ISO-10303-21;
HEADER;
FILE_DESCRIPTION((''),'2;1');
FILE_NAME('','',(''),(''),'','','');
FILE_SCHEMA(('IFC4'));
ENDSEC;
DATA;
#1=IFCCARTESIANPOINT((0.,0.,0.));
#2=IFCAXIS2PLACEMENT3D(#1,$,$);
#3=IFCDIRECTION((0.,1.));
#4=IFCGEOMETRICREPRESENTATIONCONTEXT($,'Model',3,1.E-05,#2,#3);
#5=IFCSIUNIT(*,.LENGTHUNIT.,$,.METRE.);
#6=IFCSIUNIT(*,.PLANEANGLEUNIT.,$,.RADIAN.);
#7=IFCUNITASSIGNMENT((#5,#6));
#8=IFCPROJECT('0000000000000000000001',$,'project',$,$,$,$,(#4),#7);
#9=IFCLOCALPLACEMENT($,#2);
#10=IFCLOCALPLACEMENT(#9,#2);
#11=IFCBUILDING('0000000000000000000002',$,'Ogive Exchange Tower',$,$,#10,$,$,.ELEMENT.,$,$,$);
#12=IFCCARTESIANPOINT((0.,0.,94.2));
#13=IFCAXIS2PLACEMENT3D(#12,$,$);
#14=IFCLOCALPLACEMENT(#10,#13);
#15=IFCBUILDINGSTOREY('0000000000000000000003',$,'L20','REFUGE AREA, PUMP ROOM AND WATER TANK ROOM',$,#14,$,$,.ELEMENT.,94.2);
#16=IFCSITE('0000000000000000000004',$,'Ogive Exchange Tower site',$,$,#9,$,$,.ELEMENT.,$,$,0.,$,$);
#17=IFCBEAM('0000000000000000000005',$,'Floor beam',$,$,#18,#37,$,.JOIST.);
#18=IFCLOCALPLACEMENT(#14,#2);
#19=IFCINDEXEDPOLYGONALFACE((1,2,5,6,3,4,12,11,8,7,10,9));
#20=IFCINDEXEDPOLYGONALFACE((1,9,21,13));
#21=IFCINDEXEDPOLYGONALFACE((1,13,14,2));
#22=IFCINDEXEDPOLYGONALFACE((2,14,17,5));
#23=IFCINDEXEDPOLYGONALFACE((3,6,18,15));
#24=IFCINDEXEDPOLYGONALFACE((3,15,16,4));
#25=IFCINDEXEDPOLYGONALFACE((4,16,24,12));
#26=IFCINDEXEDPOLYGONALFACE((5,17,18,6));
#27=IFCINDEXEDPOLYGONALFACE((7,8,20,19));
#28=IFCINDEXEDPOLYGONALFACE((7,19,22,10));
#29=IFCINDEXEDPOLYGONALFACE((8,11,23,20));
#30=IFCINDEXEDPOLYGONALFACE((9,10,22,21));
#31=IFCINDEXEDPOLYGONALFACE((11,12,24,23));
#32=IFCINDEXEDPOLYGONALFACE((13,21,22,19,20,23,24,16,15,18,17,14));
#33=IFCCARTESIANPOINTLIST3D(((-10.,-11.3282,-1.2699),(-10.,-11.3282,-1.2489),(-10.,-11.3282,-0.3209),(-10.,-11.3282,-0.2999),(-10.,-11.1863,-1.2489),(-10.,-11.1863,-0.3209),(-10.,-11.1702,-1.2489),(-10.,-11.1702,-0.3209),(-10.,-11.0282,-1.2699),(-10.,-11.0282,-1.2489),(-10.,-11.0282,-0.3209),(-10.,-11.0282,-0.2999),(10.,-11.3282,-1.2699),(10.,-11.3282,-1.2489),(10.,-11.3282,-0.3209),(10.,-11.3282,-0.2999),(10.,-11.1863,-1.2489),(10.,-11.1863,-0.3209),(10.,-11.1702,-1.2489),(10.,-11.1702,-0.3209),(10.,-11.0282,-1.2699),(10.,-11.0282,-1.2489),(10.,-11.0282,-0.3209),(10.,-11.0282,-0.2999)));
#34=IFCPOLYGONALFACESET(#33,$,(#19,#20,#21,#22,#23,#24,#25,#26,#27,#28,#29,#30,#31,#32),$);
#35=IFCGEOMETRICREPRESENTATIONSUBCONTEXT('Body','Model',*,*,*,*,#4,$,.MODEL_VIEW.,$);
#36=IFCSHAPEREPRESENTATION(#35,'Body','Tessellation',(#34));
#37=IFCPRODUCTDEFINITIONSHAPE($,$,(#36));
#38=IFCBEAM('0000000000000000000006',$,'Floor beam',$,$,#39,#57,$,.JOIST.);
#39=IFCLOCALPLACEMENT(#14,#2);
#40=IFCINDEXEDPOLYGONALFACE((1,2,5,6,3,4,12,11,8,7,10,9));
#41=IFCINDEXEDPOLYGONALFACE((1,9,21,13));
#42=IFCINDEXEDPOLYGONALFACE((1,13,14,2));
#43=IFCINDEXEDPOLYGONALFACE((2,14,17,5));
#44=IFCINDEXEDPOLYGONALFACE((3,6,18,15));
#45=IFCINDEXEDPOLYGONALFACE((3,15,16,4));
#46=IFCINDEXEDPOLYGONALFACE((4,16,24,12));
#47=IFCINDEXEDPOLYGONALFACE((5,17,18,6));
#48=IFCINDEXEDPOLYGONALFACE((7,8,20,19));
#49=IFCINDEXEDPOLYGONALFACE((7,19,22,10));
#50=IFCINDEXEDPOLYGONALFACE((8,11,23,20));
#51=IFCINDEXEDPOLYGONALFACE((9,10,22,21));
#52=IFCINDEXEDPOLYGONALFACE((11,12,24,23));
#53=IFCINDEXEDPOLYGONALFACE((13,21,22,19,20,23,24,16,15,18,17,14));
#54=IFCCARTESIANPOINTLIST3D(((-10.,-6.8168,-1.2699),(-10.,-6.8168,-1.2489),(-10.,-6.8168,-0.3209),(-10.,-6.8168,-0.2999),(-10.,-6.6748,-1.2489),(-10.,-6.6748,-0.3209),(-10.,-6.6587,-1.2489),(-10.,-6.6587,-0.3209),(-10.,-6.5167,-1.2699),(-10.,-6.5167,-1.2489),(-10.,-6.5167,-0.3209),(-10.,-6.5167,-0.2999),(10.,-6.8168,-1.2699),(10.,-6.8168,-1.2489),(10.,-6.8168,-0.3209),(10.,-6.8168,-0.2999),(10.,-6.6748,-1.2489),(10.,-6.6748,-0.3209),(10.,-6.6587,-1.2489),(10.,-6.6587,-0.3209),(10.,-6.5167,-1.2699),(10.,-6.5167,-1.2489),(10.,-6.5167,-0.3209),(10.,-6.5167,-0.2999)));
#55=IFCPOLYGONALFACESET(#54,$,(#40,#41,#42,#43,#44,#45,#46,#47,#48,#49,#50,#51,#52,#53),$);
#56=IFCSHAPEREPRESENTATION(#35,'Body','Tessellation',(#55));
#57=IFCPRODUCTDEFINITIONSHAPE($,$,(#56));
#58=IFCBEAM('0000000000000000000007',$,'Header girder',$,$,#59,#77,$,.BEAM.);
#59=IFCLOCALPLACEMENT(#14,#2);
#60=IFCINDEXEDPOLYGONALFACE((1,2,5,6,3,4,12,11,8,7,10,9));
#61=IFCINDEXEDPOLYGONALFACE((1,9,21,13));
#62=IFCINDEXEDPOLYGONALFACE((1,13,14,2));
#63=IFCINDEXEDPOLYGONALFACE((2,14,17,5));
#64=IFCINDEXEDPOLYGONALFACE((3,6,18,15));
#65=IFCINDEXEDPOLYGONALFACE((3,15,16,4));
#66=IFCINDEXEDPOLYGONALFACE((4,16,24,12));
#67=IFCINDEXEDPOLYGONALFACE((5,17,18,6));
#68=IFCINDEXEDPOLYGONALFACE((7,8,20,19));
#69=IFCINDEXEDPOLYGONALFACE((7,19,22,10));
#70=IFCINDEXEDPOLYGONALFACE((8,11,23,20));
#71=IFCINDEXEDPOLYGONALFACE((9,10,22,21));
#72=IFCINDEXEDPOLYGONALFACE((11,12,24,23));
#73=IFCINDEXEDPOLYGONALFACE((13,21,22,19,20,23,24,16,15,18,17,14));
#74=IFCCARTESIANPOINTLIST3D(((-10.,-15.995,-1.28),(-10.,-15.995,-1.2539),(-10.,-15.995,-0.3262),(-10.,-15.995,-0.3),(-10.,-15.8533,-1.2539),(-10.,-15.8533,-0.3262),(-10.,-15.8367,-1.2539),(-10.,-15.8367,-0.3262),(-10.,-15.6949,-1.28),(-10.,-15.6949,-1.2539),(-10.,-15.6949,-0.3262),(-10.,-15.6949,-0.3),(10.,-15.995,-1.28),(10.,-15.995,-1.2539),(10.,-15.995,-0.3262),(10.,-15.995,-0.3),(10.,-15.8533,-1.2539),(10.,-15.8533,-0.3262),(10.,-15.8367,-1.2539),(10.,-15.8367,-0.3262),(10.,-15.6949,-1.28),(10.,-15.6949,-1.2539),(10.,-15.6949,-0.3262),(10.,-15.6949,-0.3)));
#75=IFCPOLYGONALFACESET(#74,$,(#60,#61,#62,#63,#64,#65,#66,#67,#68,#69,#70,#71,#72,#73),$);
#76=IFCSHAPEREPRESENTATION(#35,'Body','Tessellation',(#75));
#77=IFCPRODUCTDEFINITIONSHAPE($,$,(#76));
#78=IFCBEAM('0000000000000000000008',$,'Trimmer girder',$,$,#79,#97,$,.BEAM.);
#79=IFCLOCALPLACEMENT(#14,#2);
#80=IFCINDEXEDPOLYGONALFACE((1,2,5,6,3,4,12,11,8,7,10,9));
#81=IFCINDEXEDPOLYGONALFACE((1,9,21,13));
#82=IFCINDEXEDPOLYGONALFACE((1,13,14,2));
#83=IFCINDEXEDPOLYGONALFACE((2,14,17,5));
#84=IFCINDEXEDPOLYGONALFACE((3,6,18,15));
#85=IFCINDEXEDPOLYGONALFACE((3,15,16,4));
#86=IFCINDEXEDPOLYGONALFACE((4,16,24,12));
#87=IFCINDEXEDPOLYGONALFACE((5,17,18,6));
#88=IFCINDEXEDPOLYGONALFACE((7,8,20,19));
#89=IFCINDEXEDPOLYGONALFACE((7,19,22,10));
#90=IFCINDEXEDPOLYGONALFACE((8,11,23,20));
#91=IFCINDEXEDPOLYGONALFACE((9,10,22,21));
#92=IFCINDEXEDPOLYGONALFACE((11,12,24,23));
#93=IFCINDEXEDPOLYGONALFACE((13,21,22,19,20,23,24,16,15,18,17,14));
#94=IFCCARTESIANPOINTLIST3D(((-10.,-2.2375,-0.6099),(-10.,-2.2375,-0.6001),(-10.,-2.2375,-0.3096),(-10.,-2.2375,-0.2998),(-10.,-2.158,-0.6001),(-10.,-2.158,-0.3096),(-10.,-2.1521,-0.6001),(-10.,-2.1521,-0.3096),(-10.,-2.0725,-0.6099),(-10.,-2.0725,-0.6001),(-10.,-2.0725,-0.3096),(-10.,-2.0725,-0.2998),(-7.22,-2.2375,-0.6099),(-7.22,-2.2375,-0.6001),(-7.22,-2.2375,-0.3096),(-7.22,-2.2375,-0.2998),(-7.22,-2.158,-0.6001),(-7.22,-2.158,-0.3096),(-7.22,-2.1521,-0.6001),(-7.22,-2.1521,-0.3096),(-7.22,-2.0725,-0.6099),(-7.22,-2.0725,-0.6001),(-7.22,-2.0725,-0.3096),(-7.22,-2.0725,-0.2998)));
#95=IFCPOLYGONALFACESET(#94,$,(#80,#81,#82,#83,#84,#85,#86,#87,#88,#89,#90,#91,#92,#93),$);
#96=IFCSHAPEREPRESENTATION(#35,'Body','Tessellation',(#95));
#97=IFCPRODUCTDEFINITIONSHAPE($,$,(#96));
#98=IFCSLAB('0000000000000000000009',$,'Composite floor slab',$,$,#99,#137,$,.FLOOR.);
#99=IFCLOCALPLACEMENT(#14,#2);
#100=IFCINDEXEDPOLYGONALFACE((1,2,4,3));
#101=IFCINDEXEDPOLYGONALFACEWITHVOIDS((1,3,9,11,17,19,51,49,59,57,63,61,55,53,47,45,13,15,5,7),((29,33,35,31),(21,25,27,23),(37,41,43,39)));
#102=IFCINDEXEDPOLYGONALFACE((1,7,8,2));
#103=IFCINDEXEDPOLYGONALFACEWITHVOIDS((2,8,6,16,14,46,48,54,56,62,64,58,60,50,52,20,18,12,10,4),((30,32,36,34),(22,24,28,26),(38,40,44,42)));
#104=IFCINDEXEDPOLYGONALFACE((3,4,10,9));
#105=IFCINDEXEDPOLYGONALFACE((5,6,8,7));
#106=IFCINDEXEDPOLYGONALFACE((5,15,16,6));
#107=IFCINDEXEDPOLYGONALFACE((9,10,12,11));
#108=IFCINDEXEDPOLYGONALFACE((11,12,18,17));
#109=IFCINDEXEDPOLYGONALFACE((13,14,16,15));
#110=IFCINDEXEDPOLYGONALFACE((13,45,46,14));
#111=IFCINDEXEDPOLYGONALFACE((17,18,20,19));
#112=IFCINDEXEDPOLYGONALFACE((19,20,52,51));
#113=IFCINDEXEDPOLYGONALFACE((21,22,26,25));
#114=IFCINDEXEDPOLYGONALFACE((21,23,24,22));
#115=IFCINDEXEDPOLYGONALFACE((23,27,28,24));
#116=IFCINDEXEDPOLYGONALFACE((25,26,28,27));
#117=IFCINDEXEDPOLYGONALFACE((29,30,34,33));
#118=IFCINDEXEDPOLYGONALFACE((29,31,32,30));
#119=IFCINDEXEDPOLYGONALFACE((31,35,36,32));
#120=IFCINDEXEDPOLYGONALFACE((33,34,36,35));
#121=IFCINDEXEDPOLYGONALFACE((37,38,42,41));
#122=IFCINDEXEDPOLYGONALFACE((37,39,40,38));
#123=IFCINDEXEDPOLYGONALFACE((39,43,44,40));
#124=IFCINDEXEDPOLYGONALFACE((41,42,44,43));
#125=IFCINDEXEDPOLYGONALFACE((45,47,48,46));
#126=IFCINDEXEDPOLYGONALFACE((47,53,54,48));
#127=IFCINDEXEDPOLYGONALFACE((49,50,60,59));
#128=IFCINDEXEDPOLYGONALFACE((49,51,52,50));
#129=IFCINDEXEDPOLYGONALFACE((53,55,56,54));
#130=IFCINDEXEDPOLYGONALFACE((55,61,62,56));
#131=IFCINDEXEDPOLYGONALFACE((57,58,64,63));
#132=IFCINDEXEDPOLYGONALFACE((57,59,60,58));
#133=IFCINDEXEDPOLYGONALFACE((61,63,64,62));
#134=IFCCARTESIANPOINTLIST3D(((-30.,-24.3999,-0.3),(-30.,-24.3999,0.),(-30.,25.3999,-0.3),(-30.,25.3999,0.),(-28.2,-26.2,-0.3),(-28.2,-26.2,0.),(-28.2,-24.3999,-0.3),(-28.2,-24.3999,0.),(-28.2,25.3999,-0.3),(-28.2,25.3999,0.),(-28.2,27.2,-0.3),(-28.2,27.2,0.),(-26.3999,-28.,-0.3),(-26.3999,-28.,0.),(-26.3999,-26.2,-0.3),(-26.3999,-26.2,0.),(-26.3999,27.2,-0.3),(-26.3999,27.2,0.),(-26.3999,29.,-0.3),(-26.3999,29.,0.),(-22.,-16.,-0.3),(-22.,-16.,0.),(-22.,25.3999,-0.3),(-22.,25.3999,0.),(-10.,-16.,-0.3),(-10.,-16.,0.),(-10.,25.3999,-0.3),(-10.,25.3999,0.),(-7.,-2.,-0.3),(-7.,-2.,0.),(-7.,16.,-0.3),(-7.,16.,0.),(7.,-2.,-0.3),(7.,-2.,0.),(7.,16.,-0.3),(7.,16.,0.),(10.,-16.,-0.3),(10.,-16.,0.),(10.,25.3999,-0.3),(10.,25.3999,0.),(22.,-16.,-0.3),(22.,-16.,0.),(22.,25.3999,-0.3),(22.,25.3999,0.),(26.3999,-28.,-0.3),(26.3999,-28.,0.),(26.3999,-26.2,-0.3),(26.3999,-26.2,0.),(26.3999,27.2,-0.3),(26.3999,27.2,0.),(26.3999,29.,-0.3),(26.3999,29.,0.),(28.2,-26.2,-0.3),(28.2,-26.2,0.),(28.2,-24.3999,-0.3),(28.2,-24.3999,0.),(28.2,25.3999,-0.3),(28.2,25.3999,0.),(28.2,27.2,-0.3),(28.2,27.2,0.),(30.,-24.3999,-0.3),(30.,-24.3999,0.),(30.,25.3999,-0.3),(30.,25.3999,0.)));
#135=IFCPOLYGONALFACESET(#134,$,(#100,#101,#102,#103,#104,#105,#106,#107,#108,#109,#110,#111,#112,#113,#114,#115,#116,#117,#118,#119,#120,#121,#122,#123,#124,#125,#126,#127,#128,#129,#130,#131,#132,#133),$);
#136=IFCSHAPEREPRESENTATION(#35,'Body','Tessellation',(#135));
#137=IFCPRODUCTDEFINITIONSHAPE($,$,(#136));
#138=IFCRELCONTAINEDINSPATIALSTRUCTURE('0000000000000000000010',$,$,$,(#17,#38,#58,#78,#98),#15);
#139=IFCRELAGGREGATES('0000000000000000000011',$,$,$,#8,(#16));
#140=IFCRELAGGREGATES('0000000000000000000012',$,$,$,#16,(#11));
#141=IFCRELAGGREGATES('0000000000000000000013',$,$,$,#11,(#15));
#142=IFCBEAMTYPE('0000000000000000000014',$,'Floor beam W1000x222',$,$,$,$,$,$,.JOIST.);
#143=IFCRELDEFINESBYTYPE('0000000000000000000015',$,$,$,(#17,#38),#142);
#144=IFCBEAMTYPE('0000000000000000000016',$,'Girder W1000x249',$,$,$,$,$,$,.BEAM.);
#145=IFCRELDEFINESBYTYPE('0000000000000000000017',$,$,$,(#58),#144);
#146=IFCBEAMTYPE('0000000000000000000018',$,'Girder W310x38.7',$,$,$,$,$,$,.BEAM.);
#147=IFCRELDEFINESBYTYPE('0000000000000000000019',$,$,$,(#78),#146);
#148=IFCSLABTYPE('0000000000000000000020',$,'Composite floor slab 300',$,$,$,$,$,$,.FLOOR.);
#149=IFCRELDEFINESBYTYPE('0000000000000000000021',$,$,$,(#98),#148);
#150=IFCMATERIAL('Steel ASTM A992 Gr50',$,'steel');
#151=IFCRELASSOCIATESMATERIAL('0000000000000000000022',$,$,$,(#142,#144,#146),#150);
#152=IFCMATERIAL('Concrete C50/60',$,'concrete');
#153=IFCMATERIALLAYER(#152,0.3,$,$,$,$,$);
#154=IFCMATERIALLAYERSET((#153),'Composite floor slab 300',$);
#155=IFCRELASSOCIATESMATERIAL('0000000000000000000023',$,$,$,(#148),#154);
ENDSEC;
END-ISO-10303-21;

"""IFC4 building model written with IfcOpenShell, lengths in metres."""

from ifc_helpers import new_model, si_unit, direction, frame, origin, origin_2d, place, context, subcontext, project, spatial, polyline, i_section, outline, extrude, material, layer, layer_set, material_profile, profile_set, type_object, element, save


model = new_model("IFC4")

# Units and contexts
model_context = context("Model", 3, precision=1e-05, world=origin(), true_north=direction((0.0, 1.0)))
body_context = subcontext(model_context, "Body", "Model", "MODEL_VIEW")
ifc_project = project(units=[si_unit("LENGTHUNIT", "METRE"), si_unit("PLANEANGLEUNIT", "RADIAN")], contexts=[model_context])

# Site, building, storey
site_placement = place(None, origin())
site = spatial("IfcSite", under=ifc_project, at=site_placement, Name="Ogive Exchange Tower site", CompositionType="ELEMENT", RefElevation=0.0)
building_placement = place(site_placement, origin())
building = spatial("IfcBuilding", under=site, at=building_placement, Name="Ogive Exchange Tower", CompositionType="ELEMENT")
storey_placement = place(building_placement, frame((0.0, 0.0, 94.2)))
storey = spatial("IfcBuildingStorey", under=building, at=storey_placement, Name="L20", Description="REFUGE AREA, PUMP ROOM AND WATER TANK ROOM", CompositionType="ELEMENT", Elevation=94.2)

# Beams
ifc_material_1 = material(Name="Steel ASTM A992 Gr50", Category="steel")
ifc_material_profile_1 = material_profile(ifc_material_1, i_section(OverallWidth=0.3, OverallDepth=0.97, WebThickness=0.0161, FlangeThickness=0.021, at=origin_2d()), Name="W1000x222")
ifc_profile_set_1 = profile_set([ifc_material_profile_1], Name="Steel ASTM A992 Gr50")
beam_type_1 = type_object("IfcBeamType", Name="Floor beam W1000x222", PredefinedType="JOIST", material=ifc_profile_set_1)
for number, where, z_axis, x_axis, name in (
    (1, (-10.0, -11.1782, -0.7849), (1.0, 0.0, 0.0), (0.0, 1.0, 0.0), "Floor beam"),
    (2, (-10.0, -6.6667, -0.7849), (1.0, 0.0, 0.0), (0.0, 1.0, 0.0), "Floor beam"),
):
    element("IfcBeam", number, at=place(storey_placement, frame(where, z_axis=z_axis, x_axis=x_axis)), inside=storey, type_object=beam_type_1, Name=name, PredefinedType="JOIST", context=body_context, shape_type="SweptSolid", body=[
        extrude(i_section(OverallWidth=0.3, OverallDepth=0.97, WebThickness=0.0161, FlangeThickness=0.021, at=origin_2d()), origin(), (0.0, 0.0, 1.0), 20.0),
    ])
ifc_material_profile_2 = material_profile(ifc_material_1, i_section(OverallWidth=0.3, OverallDepth=0.98, WebThickness=0.0166, FlangeThickness=0.0261, at=origin_2d()), Name="W1000x249")
ifc_profile_set_2 = profile_set([ifc_material_profile_2], Name="Steel ASTM A992 Gr50")
beam_type_2 = type_object("IfcBeamType", Name="Girder W1000x249", PredefinedType="BEAM", material=ifc_profile_set_2)
beam_1_placement = place(storey_placement, frame((-10.0, -15.845, -0.79), z_axis=(1.0, 0.0, 0.0), x_axis=(0.0, 1.0, 0.0)))
element("IfcBeam", 3, at=beam_1_placement, inside=storey, type_object=beam_type_2, Name="Header girder", PredefinedType="BEAM", context=body_context, shape_type="SweptSolid", body=[
    extrude(i_section(OverallWidth=0.3, OverallDepth=0.98, WebThickness=0.0166, FlangeThickness=0.0261, at=origin_2d()), origin(), (0.0, 0.0, 1.0), 20.0),
])
ifc_material_profile_3 = material_profile(ifc_material_1, i_section(OverallWidth=0.165, OverallDepth=0.3101, WebThickness=0.0059, FlangeThickness=0.0098, at=origin_2d()), Name="W310x38.7")
ifc_profile_set_3 = profile_set([ifc_material_profile_3], Name="Steel ASTM A992 Gr50")
beam_type_3 = type_object("IfcBeamType", Name="Girder W310x38.7", PredefinedType="BEAM", material=ifc_profile_set_3)
beam_2_placement = place(storey_placement, frame((-10.0, -2.155, -0.4548), z_axis=(1.0, 0.0, 0.0), x_axis=(0.0, 1.0, 0.0)))
element("IfcBeam", 4, at=beam_2_placement, inside=storey, type_object=beam_type_3, Name="Trimmer girder", PredefinedType="BEAM", context=body_context, shape_type="SweptSolid", body=[
    extrude(i_section(OverallWidth=0.165, OverallDepth=0.3101, WebThickness=0.0059, FlangeThickness=0.0098, at=origin_2d()), origin(), (0.0, 0.0, 1.0), 2.78),
])

# Slab
ifc_material_2 = material(Name="Concrete C50/60", Category="concrete")
ifc_layer_1 = layer(ifc_material_2, 0.3)
ifc_layer_set_1 = layer_set([ifc_layer_1], Name="Composite floor slab 300")
slab_type_1 = type_object("IfcSlabType", Name="Composite floor slab 300", PredefinedType="FLOOR", material=ifc_layer_set_1)
slab_1_placement = place(storey_placement, frame((0.0, 0.0, -0.3)))
element("IfcSlab", 5, at=slab_1_placement, inside=storey, type_object=slab_type_1, Name="Composite floor slab", PredefinedType="FLOOR", context=body_context, shape_type="SweptSolid", body=[
    extrude(outline(polyline([(-26.3999, -26.2), (-28.2, -26.2), (-28.2, -24.3999), (-30.0, -24.3999), (-30.0, 25.3999), (-28.2, 25.3999), (-28.2, 27.2), (-26.3999, 27.2), (-26.3999, 29.0), (26.3999, 29.0), (26.3999, 27.2), (28.2, 27.2), (28.2, 25.3999), (30.0, 25.3999), (30.0, -24.3999), (28.2, -24.3999), (28.2, -26.2), (26.3999, -26.2), (26.3999, -28.0), (-26.3999, -28.0), (-26.3999, -26.2)]), holes=[polyline([(-10.0, -16.0), (-10.0, 25.3999), (-22.0, 25.3999), (-22.0, -16.0), (-10.0, -16.0)]), polyline([(10.0, -16.0), (22.0, -16.0), (22.0, 25.3999), (10.0, 25.3999), (10.0, -16.0)]), polyline([(-7.0, -2.0), (7.0, -2.0), (7.0, 16.0), (-7.0, 16.0), (-7.0, -2.0)])]), origin(), (0.0, 0.0, 1.0), 0.3),
])

save(model, "model.ifc")
